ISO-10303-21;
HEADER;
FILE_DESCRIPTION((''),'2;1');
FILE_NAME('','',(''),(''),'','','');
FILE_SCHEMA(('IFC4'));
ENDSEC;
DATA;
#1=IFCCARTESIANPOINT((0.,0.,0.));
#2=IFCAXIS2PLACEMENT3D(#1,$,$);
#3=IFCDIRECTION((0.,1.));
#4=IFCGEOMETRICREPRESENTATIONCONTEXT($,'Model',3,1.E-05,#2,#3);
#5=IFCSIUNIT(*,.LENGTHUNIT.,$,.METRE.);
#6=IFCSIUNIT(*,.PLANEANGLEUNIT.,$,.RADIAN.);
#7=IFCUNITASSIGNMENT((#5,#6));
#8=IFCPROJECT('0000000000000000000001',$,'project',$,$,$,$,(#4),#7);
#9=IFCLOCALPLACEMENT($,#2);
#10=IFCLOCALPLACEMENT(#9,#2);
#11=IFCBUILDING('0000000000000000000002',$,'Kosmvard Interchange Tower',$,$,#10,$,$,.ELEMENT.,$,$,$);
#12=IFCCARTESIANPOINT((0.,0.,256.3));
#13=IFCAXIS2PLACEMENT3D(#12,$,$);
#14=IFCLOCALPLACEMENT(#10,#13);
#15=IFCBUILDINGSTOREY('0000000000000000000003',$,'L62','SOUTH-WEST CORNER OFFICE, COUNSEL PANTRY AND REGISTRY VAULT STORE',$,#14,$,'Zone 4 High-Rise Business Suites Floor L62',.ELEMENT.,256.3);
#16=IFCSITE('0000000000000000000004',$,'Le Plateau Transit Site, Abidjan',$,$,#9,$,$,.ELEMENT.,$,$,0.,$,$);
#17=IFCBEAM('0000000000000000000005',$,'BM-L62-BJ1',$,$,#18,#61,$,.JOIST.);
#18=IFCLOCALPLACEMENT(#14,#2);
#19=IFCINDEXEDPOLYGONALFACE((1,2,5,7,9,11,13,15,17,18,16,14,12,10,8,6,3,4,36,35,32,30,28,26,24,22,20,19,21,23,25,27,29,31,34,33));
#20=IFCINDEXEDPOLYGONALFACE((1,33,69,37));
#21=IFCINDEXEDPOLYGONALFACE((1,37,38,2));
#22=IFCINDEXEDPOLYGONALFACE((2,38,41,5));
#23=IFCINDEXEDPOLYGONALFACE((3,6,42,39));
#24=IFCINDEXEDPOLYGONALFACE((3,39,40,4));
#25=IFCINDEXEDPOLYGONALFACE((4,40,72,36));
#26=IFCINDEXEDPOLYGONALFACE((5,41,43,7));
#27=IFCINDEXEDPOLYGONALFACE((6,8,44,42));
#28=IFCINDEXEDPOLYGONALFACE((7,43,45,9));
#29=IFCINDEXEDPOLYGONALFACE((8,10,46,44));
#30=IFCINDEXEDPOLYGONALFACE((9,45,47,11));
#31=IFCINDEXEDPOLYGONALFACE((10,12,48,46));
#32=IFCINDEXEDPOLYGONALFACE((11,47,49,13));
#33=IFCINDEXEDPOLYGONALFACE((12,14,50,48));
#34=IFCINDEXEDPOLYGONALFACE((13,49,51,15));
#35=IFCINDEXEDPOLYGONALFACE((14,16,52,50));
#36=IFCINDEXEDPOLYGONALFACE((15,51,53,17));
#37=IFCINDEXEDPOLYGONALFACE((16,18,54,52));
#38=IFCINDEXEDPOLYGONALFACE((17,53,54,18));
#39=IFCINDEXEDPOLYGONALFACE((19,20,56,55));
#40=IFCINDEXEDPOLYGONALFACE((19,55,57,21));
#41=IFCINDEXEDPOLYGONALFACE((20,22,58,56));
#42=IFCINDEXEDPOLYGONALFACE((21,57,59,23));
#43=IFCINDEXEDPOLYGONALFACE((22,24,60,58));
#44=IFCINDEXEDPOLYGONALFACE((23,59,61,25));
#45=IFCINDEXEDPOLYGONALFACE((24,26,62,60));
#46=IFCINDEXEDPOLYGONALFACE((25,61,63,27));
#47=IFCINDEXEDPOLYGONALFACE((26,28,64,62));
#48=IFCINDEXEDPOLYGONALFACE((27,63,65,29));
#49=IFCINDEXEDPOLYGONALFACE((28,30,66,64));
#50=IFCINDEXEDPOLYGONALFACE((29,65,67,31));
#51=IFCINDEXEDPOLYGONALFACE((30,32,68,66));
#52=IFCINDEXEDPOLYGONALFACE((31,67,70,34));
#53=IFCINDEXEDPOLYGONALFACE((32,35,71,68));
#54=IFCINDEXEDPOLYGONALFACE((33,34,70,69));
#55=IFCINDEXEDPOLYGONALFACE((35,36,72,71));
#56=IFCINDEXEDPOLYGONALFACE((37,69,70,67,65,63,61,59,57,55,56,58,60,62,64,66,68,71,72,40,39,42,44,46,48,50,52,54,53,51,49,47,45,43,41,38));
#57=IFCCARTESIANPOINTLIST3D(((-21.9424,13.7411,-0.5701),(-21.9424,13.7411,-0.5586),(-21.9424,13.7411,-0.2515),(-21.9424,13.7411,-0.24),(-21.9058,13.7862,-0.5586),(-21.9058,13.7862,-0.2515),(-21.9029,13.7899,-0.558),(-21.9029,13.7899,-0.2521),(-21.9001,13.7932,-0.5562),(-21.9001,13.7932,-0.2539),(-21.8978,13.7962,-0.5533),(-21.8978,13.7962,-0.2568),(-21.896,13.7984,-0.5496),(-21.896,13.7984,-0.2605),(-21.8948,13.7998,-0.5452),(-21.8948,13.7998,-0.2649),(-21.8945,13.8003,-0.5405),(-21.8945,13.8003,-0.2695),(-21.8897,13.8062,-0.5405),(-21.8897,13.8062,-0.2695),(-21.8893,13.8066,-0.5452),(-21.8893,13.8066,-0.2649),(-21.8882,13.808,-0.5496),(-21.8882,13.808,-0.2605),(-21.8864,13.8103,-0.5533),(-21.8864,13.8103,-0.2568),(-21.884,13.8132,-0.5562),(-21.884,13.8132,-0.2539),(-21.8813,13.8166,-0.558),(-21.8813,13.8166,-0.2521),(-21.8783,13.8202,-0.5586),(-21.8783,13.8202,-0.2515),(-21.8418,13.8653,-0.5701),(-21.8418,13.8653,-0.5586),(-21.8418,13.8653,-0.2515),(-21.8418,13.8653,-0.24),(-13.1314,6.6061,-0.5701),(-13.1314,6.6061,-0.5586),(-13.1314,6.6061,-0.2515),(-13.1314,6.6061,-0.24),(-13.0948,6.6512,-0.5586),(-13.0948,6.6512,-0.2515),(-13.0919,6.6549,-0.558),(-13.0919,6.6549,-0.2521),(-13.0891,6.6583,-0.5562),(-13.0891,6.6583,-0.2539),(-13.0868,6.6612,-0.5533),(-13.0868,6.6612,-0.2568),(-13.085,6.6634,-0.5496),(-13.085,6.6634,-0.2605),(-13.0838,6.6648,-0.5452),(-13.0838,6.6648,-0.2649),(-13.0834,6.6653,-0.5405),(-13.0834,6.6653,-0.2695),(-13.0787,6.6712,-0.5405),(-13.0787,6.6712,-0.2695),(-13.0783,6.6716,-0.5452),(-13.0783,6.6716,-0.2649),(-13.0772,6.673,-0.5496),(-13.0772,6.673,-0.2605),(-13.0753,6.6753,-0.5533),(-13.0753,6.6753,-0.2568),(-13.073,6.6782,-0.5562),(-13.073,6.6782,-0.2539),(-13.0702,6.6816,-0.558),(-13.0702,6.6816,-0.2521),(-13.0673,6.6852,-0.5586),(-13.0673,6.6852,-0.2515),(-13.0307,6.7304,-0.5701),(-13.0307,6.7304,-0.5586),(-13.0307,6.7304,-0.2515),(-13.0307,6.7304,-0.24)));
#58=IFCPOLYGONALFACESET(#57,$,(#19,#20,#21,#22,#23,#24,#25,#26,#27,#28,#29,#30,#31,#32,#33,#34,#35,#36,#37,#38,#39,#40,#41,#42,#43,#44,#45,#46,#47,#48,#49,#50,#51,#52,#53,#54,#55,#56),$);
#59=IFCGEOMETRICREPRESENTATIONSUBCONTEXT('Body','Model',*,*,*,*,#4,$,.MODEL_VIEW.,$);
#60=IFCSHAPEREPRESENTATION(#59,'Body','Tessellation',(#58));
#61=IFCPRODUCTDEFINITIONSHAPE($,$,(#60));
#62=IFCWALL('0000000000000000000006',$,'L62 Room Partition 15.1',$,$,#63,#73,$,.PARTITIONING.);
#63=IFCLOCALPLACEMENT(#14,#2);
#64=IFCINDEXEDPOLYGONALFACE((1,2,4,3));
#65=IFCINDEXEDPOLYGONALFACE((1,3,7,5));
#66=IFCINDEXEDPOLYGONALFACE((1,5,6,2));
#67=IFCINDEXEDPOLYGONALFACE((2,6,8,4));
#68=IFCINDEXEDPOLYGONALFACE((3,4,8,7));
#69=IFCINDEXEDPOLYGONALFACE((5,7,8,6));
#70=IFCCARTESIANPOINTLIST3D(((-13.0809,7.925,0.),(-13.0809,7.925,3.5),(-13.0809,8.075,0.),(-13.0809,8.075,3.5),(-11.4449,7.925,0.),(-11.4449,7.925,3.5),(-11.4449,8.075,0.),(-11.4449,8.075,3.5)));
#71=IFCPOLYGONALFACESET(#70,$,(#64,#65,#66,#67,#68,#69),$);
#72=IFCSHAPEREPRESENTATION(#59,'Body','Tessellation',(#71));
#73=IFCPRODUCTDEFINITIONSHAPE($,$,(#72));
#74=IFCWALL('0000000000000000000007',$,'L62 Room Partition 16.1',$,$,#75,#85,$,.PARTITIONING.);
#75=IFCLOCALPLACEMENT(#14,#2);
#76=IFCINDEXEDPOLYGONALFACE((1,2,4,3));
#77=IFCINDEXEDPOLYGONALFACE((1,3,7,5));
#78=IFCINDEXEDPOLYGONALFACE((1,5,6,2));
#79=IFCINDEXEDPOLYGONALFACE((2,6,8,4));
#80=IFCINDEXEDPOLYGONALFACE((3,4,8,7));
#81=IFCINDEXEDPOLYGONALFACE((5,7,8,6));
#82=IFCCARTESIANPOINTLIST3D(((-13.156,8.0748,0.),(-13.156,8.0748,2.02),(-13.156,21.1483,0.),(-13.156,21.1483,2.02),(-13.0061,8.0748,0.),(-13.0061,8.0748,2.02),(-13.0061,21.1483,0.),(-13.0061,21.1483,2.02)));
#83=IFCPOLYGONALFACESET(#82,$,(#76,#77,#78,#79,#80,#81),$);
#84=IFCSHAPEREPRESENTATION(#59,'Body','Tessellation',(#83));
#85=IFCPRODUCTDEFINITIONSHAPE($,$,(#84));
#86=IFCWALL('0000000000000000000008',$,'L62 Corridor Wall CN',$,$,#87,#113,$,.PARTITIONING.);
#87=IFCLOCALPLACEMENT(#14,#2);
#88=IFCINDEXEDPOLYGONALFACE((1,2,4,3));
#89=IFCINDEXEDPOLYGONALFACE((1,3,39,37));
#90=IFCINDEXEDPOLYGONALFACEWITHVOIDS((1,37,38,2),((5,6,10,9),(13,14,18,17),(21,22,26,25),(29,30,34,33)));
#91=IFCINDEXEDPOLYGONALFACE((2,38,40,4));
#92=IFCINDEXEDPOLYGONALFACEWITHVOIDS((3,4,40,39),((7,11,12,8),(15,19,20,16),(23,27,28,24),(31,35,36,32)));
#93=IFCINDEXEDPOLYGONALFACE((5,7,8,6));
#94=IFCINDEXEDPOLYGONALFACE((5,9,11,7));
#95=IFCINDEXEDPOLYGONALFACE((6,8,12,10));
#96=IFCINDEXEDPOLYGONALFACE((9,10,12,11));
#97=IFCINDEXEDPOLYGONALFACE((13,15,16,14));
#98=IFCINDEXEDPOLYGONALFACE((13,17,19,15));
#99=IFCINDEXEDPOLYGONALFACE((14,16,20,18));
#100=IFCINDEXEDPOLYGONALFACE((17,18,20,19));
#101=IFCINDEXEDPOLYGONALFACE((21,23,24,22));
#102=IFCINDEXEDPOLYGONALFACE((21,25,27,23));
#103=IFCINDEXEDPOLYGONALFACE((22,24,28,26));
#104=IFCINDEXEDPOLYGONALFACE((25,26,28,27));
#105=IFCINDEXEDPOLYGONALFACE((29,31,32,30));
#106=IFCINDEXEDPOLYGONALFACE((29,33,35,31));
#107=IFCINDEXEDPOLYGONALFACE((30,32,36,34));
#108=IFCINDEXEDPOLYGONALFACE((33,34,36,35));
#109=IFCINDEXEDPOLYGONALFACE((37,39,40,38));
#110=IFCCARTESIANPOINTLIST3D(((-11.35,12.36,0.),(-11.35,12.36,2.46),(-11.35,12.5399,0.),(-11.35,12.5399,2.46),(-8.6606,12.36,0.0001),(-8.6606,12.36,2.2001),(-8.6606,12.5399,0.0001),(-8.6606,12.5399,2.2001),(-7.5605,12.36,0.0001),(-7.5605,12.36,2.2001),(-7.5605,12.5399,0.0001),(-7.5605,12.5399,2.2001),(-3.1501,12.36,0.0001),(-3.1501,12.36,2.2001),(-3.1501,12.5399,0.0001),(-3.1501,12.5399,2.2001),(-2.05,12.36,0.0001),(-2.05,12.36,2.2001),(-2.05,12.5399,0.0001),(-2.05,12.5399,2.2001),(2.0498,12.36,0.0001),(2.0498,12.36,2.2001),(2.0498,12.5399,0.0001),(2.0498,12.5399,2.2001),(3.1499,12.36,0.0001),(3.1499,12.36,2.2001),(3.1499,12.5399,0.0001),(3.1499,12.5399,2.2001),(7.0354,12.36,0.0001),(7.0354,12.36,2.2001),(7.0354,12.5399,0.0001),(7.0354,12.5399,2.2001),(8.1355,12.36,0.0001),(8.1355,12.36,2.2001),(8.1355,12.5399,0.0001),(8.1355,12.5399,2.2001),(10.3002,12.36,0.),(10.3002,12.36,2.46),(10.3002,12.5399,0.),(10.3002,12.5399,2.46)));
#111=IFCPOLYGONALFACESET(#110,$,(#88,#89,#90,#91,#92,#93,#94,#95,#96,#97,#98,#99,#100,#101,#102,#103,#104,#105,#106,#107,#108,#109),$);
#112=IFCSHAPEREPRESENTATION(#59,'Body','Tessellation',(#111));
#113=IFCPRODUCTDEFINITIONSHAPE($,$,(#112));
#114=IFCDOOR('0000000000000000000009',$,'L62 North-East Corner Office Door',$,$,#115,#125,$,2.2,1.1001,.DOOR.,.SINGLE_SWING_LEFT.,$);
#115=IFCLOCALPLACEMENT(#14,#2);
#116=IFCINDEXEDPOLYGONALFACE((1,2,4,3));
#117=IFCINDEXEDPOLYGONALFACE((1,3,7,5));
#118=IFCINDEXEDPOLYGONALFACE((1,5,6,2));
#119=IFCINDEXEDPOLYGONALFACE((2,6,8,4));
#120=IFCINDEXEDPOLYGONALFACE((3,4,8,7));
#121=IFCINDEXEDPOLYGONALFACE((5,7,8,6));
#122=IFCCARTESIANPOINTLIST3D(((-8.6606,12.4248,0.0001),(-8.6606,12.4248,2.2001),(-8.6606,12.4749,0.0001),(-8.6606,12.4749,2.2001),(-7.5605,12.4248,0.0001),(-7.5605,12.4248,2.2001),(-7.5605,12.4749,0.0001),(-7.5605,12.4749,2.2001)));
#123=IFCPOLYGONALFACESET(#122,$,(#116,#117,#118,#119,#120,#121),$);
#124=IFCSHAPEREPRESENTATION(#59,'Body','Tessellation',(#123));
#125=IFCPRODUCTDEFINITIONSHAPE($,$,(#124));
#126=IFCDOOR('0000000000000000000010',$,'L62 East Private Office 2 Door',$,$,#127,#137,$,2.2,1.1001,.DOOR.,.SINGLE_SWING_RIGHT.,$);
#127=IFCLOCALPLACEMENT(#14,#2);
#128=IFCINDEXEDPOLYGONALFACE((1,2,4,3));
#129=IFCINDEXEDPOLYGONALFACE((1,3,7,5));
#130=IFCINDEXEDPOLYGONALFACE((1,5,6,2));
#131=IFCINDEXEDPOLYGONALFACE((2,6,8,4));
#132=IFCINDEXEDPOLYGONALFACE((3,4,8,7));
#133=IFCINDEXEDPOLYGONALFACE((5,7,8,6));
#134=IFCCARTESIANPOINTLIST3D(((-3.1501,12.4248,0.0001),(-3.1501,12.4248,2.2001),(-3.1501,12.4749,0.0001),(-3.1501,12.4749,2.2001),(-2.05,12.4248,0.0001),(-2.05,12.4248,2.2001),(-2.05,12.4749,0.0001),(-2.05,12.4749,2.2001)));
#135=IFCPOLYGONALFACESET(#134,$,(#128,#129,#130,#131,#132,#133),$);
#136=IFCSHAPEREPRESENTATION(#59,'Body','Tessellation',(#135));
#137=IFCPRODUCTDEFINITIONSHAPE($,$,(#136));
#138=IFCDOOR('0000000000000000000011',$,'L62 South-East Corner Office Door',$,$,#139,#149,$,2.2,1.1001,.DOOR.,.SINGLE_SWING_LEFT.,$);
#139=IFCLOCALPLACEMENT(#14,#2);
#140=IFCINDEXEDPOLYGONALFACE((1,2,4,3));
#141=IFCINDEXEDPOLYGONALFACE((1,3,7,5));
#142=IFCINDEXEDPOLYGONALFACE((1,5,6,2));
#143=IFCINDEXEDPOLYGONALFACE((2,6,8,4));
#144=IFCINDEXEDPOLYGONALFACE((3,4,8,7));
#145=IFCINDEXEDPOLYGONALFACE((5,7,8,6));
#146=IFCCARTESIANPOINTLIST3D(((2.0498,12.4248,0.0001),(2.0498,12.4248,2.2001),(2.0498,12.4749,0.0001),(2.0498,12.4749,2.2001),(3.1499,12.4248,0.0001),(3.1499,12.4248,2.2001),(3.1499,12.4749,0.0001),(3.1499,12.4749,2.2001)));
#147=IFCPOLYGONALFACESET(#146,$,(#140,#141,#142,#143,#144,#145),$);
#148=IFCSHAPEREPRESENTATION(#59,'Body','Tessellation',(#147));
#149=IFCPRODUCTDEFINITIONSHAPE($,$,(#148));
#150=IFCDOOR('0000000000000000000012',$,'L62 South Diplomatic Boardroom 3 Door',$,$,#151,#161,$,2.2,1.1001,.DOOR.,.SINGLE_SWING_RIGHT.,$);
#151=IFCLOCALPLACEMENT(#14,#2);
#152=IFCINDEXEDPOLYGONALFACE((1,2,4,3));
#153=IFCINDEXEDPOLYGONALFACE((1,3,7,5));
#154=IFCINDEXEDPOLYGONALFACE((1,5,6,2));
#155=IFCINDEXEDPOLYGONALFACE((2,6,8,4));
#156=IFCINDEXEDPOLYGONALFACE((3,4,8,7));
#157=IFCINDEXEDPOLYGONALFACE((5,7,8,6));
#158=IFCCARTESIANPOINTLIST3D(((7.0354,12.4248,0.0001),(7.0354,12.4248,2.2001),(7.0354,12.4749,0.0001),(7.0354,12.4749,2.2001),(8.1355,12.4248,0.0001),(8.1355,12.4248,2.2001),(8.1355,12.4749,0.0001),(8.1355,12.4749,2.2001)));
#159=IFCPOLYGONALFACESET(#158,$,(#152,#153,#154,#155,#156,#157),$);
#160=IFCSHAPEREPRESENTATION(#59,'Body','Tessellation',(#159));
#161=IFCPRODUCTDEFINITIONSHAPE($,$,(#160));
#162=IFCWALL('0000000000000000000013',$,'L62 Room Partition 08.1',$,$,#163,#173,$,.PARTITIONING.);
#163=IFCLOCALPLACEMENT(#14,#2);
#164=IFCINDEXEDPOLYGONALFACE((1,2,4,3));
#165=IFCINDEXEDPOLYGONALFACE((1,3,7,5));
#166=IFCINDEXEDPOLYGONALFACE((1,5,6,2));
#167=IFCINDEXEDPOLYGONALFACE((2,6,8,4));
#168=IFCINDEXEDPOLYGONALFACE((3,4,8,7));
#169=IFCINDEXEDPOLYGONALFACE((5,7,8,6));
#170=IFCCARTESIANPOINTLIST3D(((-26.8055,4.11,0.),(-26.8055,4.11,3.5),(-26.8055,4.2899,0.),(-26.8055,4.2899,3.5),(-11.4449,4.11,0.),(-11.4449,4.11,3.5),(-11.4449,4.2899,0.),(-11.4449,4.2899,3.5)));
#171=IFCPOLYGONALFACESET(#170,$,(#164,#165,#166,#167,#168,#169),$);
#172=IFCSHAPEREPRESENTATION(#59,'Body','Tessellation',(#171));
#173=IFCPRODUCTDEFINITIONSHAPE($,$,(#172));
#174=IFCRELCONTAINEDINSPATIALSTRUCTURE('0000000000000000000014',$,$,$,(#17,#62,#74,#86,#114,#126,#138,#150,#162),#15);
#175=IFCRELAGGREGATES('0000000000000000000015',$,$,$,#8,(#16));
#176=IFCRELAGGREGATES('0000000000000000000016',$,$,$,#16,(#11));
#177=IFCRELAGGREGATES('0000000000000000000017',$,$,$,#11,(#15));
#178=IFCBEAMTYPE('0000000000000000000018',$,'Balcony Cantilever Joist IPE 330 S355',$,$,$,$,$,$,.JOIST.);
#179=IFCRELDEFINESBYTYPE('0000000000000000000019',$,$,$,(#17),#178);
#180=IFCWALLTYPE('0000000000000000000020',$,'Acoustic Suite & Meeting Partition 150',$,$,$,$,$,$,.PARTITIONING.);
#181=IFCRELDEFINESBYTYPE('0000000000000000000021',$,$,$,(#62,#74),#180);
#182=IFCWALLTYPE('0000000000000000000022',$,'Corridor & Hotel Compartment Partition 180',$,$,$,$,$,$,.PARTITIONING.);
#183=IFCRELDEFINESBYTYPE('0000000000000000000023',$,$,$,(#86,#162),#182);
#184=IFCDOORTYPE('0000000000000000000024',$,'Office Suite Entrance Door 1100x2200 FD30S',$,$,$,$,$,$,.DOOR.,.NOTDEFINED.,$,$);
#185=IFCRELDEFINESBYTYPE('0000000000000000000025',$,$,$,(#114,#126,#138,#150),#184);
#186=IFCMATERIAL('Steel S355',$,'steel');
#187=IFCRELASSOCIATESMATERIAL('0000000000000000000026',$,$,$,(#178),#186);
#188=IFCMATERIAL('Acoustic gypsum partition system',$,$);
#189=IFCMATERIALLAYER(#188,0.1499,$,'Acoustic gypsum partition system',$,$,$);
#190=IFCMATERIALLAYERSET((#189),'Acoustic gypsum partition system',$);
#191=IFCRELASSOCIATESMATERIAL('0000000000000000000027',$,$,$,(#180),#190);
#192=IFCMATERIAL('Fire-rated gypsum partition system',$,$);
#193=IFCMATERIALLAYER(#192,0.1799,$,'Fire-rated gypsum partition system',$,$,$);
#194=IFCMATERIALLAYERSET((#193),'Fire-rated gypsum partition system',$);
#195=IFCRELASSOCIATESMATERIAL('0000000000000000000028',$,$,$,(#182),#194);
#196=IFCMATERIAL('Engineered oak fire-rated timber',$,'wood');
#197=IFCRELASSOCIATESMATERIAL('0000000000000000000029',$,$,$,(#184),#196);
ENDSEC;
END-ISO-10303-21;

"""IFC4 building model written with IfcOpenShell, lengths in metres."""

from ifc_helpers import new_model, si_unit, direction, frame, frame_2d, origin, origin_2d, place, context, subcontext, project, spatial, rectangle, i_section, extrude, source, transform, mapped, material, layer, layer_set, material_profile, profile_set, type_object, element, fill, save


model = new_model("IFC4")

# Units and contexts
model_context = context("Model", 3, precision=1e-05, world=origin(), true_north=direction((0.0, 1.0)))
body_context = subcontext(model_context, "Body", "Model", "MODEL_VIEW")
ifc_project = project(units=[si_unit("LENGTHUNIT", "METRE"), si_unit("PLANEANGLEUNIT", "RADIAN")], contexts=[model_context])

# Site, building, storey
site_placement = place(None, origin())
site = spatial("IfcSite", under=ifc_project, at=site_placement, Name="Le Plateau Transit Site, Abidjan", CompositionType="ELEMENT", RefElevation=0.0)
building_placement = place(site_placement, origin())
building = spatial("IfcBuilding", under=site, at=building_placement, Name="Kosmvard Interchange Tower", CompositionType="ELEMENT")
storey_placement = place(building_placement, frame((0.0, 0.0, 256.3)))
storey = spatial("IfcBuildingStorey", under=building, at=storey_placement, Name="L62", Description="SOUTH-WEST CORNER OFFICE, COUNSEL PANTRY AND REGISTRY VAULT STORE", LongName="Zone 4 High-Rise Business Suites Floor L62", CompositionType="ELEMENT", Elevation=256.3)

# Beam
ifc_material_1 = material(Name="Steel S355", Category="steel")
ifc_material_profile_1 = material_profile(ifc_material_1, i_section(OverallWidth=0.1599, OverallDepth=0.3301, WebThickness=0.0076, FlangeThickness=0.0115, FilletRadius=0.0181, at=origin_2d()), Name="IPE 330")
ifc_profile_set_1 = profile_set([ifc_material_profile_1], Name="Steel S355")
beam_type_1 = type_object("IfcBeamType", Name="Balcony Cantilever Joist IPE 330 S355", PredefinedType="JOIST", material=ifc_profile_set_1)
shared_shape_1 = source(origin(), body_context, "Body", "SweptSolid", [
    extrude(i_section(OverallWidth=0.1599, OverallDepth=0.3301, WebThickness=0.0076, FlangeThickness=0.0115, FilletRadius=0.0181, at=origin_2d()), origin(), (0.0, 0.0, 1.0), 11.3376),
])
beam_1_placement = place(storey_placement, frame((-13.0811, 6.6682, -0.405), z_axis=(-0.777147, 0.629319, 0.0), x_axis=(-0.629319, -0.777147, 0.0)))
element("IfcBeam", 1, at=beam_1_placement, inside=storey, type_object=beam_type_1, Name="BM-L62-BJ1", PredefinedType="JOIST", context=body_context, shape_type="MappedRepresentation", body=[
    mapped(shared_shape_1, transform((0.0, 0.0, 0.0), scale=1.0)),
])

# Walls
ifc_material_2 = material(Name="Acoustic gypsum partition system")
ifc_layer_1 = layer(ifc_material_2, 0.1499, Name="Acoustic gypsum partition system")
ifc_layer_set_1 = layer_set([ifc_layer_1], Name="Acoustic gypsum partition system")
wall_type_1 = type_object("IfcWallType", Name="Acoustic Suite & Meeting Partition 150", PredefinedType="PARTITIONING", material=ifc_layer_set_1)
wall_1_placement = place(storey_placement, frame((-11.4451, 8.0, 0.0), z_axis=(0.0, 0.0, 1.0), x_axis=(-1.0, 0.0, 0.0)))
element("IfcWall", 2, at=wall_1_placement, inside=storey, type_object=wall_type_1, Name="L62 Room Partition 15.1", PredefinedType="PARTITIONING", context=body_context, shape_type="SweptSolid", body=[
    extrude(rectangle(XDim=1.636, YDim=0.1499, at=frame_2d((0.8179, 0.0))), origin(), (0.0, 0.0, 1.0), 3.5),
])
wall_2_placement = place(storey_placement, frame((-13.0811, 8.075, 0.0), z_axis=(0.0, 0.0, 1.0), x_axis=(0.0, 1.0, 0.0)))
element("IfcWall", 3, at=wall_2_placement, inside=storey, type_object=wall_type_1, Name="L62 Room Partition 16.1", PredefinedType="PARTITIONING", context=body_context, shape_type="SweptSolid", body=[
    extrude(rectangle(XDim=13.0735, YDim=0.1499, at=frame_2d((6.5366, 0.0))), origin(), (0.0, 0.0, 1.0), 2.02),
])

# Wall, openings, doors
ifc_material_3 = material(Name="Fire-rated gypsum partition system")
ifc_layer_2 = layer(ifc_material_3, 0.1799, Name="Fire-rated gypsum partition system")
ifc_layer_set_2 = layer_set([ifc_layer_2], Name="Fire-rated gypsum partition system")
wall_type_2 = type_object("IfcWallType", Name="Corridor & Hotel Compartment Partition 180", PredefinedType="PARTITIONING", material=ifc_layer_set_2)
wall_3_placement = place(storey_placement, frame((-11.3501, 12.45, 0.0), z_axis=(0.0, 0.0, 1.0), x_axis=(1.0, 0.0, 0.0)))
wall_3 = element("IfcWall", 4, at=wall_3_placement, inside=storey, type_object=wall_type_2, Name="L62 Corridor Wall CN", PredefinedType="PARTITIONING", context=body_context, shape_type="SweptSolid", body=[
    extrude(rectangle(XDim=21.6501, YDim=0.1799, at=frame_2d((10.8252, 0.0))), origin(), (0.0, 0.0, 1.0), 2.46),
])
opening_1_placement = place(wall_3_placement, frame((2.6895, 0.0, 0.0)))
opening_1 = element("IfcOpeningElement", 5, at=opening_1_placement, cuts=wall_3, PredefinedType="OPENING", context=body_context, shape_type="SweptSolid", body=[
    extrude(rectangle(XDim=1.1001, YDim=2.2, at=frame_2d((0.55, 1.1001))), frame((0.0, 0.1001, 0.0), z_axis=(0.0, -1.0, 0.0), x_axis=(1.0, 0.0, 0.0)), (0.0, 0.0, 1.0), 0.2),
])
opening_2_placement = place(wall_3_placement, frame((8.2, 0.0, 0.0)))
opening_2 = element("IfcOpeningElement", 6, at=opening_2_placement, cuts=wall_3, PredefinedType="OPENING", context=body_context, shape_type="SweptSolid", body=[
    extrude(rectangle(XDim=1.1001, YDim=2.2, at=frame_2d((0.55, 1.1001))), frame((0.0, 0.1001, 0.0), z_axis=(0.0, -1.0, 0.0), x_axis=(1.0, 0.0, 0.0)), (0.0, 0.0, 1.0), 0.2),
])
opening_3_placement = place(wall_3_placement, frame((13.3999, 0.0, 0.0)))
opening_3 = element("IfcOpeningElement", 7, at=opening_3_placement, cuts=wall_3, PredefinedType="OPENING", context=body_context, shape_type="SweptSolid", body=[
    extrude(rectangle(XDim=1.1001, YDim=2.2, at=frame_2d((0.55, 1.1001))), frame((0.0, 0.1001, 0.0), z_axis=(0.0, -1.0, 0.0), x_axis=(1.0, 0.0, 0.0)), (0.0, 0.0, 1.0), 0.2),
])
opening_4_placement = place(wall_3_placement, frame((18.3855, 0.0, 0.0)))
opening_4 = element("IfcOpeningElement", 8, at=opening_4_placement, cuts=wall_3, PredefinedType="OPENING", context=body_context, shape_type="SweptSolid", body=[
    extrude(rectangle(XDim=1.1001, YDim=2.2, at=frame_2d((0.55, 1.1001))), frame((0.0, 0.1001, 0.0), z_axis=(0.0, -1.0, 0.0), x_axis=(1.0, 0.0, 0.0)), (0.0, 0.0, 1.0), 0.2),
])
ifc_material_4 = material(Name="Engineered oak fire-rated timber", Category="wood")
door_type = type_object("IfcDoorType", Name="Office Suite Entrance Door 1100x2200 FD30S", OperationType="NOTDEFINED", PredefinedType="DOOR", material=ifc_material_4)
shared_shape_2 = source(origin(), body_context, "Body", "SweptSolid", [
    extrude(rectangle(XDim=1.1001, YDim=2.2, at=frame_2d((0.55, 1.1001))), frame((0.0, 0.0249, 0.0), z_axis=(0.0, -1.0, 0.0), x_axis=(1.0, 0.0, 0.0)), (0.0, 0.0, 1.0), 0.05),
])
door_1_placement = place(opening_1_placement, origin())
door_1 = element("IfcDoor", 9, at=door_1_placement, inside=storey, type_object=door_type, Name="L62 North-East Corner Office Door", OperationType="SINGLE_SWING_LEFT", OverallHeight=2.2, OverallWidth=1.1001, PredefinedType="DOOR", context=body_context, shape_type="MappedRepresentation", body=[
    mapped(shared_shape_2, transform((0.0, 0.0, 0.0), scale=1.0)),
])
fill(opening_1, door_1)
door_2_placement = place(opening_2_placement, origin())
door_2 = element("IfcDoor", 10, at=door_2_placement, inside=storey, type_object=door_type, Name="L62 East Private Office 2 Door", OperationType="SINGLE_SWING_RIGHT", OverallHeight=2.2, OverallWidth=1.1001, PredefinedType="DOOR", context=body_context, shape_type="MappedRepresentation", body=[
    mapped(shared_shape_2, transform((0.0, 0.0, 0.0), scale=1.0)),
])
fill(opening_2, door_2)
door_3_placement = place(opening_3_placement, origin())
door_3 = element("IfcDoor", 11, at=door_3_placement, inside=storey, type_object=door_type, Name="L62 South-East Corner Office Door", OperationType="SINGLE_SWING_LEFT", OverallHeight=2.2, OverallWidth=1.1001, PredefinedType="DOOR", context=body_context, shape_type="MappedRepresentation", body=[
    mapped(shared_shape_2, transform((0.0, 0.0, 0.0), scale=1.0)),
])
fill(opening_3, door_3)
door_4_placement = place(opening_4_placement, origin())
door_4 = element("IfcDoor", 12, at=door_4_placement, inside=storey, type_object=door_type, Name="L62 South Diplomatic Boardroom 3 Door", OperationType="SINGLE_SWING_RIGHT", OverallHeight=2.2, OverallWidth=1.1001, PredefinedType="DOOR", context=body_context, shape_type="MappedRepresentation", body=[
    mapped(shared_shape_2, transform((0.0, 0.0, 0.0), scale=1.0)),
])
fill(opening_4, door_4)

# Wall
wall_4_placement = place(storey_placement, frame((-11.4451, 4.2, 0.0), z_axis=(0.0, 0.0, 1.0), x_axis=(-1.0, 0.0, 0.0)))
element("IfcWall", 13, at=wall_4_placement, inside=storey, type_object=wall_type_2, Name="L62 Room Partition 08.1", PredefinedType="PARTITIONING", context=body_context, shape_type="SweptSolid", body=[
    extrude(rectangle(XDim=15.3606, YDim=0.1799, at=frame_2d((7.6802, 0.0))), origin(), (0.0, 0.0, 1.0), 3.5),
])

save(model, "model.ifc")
